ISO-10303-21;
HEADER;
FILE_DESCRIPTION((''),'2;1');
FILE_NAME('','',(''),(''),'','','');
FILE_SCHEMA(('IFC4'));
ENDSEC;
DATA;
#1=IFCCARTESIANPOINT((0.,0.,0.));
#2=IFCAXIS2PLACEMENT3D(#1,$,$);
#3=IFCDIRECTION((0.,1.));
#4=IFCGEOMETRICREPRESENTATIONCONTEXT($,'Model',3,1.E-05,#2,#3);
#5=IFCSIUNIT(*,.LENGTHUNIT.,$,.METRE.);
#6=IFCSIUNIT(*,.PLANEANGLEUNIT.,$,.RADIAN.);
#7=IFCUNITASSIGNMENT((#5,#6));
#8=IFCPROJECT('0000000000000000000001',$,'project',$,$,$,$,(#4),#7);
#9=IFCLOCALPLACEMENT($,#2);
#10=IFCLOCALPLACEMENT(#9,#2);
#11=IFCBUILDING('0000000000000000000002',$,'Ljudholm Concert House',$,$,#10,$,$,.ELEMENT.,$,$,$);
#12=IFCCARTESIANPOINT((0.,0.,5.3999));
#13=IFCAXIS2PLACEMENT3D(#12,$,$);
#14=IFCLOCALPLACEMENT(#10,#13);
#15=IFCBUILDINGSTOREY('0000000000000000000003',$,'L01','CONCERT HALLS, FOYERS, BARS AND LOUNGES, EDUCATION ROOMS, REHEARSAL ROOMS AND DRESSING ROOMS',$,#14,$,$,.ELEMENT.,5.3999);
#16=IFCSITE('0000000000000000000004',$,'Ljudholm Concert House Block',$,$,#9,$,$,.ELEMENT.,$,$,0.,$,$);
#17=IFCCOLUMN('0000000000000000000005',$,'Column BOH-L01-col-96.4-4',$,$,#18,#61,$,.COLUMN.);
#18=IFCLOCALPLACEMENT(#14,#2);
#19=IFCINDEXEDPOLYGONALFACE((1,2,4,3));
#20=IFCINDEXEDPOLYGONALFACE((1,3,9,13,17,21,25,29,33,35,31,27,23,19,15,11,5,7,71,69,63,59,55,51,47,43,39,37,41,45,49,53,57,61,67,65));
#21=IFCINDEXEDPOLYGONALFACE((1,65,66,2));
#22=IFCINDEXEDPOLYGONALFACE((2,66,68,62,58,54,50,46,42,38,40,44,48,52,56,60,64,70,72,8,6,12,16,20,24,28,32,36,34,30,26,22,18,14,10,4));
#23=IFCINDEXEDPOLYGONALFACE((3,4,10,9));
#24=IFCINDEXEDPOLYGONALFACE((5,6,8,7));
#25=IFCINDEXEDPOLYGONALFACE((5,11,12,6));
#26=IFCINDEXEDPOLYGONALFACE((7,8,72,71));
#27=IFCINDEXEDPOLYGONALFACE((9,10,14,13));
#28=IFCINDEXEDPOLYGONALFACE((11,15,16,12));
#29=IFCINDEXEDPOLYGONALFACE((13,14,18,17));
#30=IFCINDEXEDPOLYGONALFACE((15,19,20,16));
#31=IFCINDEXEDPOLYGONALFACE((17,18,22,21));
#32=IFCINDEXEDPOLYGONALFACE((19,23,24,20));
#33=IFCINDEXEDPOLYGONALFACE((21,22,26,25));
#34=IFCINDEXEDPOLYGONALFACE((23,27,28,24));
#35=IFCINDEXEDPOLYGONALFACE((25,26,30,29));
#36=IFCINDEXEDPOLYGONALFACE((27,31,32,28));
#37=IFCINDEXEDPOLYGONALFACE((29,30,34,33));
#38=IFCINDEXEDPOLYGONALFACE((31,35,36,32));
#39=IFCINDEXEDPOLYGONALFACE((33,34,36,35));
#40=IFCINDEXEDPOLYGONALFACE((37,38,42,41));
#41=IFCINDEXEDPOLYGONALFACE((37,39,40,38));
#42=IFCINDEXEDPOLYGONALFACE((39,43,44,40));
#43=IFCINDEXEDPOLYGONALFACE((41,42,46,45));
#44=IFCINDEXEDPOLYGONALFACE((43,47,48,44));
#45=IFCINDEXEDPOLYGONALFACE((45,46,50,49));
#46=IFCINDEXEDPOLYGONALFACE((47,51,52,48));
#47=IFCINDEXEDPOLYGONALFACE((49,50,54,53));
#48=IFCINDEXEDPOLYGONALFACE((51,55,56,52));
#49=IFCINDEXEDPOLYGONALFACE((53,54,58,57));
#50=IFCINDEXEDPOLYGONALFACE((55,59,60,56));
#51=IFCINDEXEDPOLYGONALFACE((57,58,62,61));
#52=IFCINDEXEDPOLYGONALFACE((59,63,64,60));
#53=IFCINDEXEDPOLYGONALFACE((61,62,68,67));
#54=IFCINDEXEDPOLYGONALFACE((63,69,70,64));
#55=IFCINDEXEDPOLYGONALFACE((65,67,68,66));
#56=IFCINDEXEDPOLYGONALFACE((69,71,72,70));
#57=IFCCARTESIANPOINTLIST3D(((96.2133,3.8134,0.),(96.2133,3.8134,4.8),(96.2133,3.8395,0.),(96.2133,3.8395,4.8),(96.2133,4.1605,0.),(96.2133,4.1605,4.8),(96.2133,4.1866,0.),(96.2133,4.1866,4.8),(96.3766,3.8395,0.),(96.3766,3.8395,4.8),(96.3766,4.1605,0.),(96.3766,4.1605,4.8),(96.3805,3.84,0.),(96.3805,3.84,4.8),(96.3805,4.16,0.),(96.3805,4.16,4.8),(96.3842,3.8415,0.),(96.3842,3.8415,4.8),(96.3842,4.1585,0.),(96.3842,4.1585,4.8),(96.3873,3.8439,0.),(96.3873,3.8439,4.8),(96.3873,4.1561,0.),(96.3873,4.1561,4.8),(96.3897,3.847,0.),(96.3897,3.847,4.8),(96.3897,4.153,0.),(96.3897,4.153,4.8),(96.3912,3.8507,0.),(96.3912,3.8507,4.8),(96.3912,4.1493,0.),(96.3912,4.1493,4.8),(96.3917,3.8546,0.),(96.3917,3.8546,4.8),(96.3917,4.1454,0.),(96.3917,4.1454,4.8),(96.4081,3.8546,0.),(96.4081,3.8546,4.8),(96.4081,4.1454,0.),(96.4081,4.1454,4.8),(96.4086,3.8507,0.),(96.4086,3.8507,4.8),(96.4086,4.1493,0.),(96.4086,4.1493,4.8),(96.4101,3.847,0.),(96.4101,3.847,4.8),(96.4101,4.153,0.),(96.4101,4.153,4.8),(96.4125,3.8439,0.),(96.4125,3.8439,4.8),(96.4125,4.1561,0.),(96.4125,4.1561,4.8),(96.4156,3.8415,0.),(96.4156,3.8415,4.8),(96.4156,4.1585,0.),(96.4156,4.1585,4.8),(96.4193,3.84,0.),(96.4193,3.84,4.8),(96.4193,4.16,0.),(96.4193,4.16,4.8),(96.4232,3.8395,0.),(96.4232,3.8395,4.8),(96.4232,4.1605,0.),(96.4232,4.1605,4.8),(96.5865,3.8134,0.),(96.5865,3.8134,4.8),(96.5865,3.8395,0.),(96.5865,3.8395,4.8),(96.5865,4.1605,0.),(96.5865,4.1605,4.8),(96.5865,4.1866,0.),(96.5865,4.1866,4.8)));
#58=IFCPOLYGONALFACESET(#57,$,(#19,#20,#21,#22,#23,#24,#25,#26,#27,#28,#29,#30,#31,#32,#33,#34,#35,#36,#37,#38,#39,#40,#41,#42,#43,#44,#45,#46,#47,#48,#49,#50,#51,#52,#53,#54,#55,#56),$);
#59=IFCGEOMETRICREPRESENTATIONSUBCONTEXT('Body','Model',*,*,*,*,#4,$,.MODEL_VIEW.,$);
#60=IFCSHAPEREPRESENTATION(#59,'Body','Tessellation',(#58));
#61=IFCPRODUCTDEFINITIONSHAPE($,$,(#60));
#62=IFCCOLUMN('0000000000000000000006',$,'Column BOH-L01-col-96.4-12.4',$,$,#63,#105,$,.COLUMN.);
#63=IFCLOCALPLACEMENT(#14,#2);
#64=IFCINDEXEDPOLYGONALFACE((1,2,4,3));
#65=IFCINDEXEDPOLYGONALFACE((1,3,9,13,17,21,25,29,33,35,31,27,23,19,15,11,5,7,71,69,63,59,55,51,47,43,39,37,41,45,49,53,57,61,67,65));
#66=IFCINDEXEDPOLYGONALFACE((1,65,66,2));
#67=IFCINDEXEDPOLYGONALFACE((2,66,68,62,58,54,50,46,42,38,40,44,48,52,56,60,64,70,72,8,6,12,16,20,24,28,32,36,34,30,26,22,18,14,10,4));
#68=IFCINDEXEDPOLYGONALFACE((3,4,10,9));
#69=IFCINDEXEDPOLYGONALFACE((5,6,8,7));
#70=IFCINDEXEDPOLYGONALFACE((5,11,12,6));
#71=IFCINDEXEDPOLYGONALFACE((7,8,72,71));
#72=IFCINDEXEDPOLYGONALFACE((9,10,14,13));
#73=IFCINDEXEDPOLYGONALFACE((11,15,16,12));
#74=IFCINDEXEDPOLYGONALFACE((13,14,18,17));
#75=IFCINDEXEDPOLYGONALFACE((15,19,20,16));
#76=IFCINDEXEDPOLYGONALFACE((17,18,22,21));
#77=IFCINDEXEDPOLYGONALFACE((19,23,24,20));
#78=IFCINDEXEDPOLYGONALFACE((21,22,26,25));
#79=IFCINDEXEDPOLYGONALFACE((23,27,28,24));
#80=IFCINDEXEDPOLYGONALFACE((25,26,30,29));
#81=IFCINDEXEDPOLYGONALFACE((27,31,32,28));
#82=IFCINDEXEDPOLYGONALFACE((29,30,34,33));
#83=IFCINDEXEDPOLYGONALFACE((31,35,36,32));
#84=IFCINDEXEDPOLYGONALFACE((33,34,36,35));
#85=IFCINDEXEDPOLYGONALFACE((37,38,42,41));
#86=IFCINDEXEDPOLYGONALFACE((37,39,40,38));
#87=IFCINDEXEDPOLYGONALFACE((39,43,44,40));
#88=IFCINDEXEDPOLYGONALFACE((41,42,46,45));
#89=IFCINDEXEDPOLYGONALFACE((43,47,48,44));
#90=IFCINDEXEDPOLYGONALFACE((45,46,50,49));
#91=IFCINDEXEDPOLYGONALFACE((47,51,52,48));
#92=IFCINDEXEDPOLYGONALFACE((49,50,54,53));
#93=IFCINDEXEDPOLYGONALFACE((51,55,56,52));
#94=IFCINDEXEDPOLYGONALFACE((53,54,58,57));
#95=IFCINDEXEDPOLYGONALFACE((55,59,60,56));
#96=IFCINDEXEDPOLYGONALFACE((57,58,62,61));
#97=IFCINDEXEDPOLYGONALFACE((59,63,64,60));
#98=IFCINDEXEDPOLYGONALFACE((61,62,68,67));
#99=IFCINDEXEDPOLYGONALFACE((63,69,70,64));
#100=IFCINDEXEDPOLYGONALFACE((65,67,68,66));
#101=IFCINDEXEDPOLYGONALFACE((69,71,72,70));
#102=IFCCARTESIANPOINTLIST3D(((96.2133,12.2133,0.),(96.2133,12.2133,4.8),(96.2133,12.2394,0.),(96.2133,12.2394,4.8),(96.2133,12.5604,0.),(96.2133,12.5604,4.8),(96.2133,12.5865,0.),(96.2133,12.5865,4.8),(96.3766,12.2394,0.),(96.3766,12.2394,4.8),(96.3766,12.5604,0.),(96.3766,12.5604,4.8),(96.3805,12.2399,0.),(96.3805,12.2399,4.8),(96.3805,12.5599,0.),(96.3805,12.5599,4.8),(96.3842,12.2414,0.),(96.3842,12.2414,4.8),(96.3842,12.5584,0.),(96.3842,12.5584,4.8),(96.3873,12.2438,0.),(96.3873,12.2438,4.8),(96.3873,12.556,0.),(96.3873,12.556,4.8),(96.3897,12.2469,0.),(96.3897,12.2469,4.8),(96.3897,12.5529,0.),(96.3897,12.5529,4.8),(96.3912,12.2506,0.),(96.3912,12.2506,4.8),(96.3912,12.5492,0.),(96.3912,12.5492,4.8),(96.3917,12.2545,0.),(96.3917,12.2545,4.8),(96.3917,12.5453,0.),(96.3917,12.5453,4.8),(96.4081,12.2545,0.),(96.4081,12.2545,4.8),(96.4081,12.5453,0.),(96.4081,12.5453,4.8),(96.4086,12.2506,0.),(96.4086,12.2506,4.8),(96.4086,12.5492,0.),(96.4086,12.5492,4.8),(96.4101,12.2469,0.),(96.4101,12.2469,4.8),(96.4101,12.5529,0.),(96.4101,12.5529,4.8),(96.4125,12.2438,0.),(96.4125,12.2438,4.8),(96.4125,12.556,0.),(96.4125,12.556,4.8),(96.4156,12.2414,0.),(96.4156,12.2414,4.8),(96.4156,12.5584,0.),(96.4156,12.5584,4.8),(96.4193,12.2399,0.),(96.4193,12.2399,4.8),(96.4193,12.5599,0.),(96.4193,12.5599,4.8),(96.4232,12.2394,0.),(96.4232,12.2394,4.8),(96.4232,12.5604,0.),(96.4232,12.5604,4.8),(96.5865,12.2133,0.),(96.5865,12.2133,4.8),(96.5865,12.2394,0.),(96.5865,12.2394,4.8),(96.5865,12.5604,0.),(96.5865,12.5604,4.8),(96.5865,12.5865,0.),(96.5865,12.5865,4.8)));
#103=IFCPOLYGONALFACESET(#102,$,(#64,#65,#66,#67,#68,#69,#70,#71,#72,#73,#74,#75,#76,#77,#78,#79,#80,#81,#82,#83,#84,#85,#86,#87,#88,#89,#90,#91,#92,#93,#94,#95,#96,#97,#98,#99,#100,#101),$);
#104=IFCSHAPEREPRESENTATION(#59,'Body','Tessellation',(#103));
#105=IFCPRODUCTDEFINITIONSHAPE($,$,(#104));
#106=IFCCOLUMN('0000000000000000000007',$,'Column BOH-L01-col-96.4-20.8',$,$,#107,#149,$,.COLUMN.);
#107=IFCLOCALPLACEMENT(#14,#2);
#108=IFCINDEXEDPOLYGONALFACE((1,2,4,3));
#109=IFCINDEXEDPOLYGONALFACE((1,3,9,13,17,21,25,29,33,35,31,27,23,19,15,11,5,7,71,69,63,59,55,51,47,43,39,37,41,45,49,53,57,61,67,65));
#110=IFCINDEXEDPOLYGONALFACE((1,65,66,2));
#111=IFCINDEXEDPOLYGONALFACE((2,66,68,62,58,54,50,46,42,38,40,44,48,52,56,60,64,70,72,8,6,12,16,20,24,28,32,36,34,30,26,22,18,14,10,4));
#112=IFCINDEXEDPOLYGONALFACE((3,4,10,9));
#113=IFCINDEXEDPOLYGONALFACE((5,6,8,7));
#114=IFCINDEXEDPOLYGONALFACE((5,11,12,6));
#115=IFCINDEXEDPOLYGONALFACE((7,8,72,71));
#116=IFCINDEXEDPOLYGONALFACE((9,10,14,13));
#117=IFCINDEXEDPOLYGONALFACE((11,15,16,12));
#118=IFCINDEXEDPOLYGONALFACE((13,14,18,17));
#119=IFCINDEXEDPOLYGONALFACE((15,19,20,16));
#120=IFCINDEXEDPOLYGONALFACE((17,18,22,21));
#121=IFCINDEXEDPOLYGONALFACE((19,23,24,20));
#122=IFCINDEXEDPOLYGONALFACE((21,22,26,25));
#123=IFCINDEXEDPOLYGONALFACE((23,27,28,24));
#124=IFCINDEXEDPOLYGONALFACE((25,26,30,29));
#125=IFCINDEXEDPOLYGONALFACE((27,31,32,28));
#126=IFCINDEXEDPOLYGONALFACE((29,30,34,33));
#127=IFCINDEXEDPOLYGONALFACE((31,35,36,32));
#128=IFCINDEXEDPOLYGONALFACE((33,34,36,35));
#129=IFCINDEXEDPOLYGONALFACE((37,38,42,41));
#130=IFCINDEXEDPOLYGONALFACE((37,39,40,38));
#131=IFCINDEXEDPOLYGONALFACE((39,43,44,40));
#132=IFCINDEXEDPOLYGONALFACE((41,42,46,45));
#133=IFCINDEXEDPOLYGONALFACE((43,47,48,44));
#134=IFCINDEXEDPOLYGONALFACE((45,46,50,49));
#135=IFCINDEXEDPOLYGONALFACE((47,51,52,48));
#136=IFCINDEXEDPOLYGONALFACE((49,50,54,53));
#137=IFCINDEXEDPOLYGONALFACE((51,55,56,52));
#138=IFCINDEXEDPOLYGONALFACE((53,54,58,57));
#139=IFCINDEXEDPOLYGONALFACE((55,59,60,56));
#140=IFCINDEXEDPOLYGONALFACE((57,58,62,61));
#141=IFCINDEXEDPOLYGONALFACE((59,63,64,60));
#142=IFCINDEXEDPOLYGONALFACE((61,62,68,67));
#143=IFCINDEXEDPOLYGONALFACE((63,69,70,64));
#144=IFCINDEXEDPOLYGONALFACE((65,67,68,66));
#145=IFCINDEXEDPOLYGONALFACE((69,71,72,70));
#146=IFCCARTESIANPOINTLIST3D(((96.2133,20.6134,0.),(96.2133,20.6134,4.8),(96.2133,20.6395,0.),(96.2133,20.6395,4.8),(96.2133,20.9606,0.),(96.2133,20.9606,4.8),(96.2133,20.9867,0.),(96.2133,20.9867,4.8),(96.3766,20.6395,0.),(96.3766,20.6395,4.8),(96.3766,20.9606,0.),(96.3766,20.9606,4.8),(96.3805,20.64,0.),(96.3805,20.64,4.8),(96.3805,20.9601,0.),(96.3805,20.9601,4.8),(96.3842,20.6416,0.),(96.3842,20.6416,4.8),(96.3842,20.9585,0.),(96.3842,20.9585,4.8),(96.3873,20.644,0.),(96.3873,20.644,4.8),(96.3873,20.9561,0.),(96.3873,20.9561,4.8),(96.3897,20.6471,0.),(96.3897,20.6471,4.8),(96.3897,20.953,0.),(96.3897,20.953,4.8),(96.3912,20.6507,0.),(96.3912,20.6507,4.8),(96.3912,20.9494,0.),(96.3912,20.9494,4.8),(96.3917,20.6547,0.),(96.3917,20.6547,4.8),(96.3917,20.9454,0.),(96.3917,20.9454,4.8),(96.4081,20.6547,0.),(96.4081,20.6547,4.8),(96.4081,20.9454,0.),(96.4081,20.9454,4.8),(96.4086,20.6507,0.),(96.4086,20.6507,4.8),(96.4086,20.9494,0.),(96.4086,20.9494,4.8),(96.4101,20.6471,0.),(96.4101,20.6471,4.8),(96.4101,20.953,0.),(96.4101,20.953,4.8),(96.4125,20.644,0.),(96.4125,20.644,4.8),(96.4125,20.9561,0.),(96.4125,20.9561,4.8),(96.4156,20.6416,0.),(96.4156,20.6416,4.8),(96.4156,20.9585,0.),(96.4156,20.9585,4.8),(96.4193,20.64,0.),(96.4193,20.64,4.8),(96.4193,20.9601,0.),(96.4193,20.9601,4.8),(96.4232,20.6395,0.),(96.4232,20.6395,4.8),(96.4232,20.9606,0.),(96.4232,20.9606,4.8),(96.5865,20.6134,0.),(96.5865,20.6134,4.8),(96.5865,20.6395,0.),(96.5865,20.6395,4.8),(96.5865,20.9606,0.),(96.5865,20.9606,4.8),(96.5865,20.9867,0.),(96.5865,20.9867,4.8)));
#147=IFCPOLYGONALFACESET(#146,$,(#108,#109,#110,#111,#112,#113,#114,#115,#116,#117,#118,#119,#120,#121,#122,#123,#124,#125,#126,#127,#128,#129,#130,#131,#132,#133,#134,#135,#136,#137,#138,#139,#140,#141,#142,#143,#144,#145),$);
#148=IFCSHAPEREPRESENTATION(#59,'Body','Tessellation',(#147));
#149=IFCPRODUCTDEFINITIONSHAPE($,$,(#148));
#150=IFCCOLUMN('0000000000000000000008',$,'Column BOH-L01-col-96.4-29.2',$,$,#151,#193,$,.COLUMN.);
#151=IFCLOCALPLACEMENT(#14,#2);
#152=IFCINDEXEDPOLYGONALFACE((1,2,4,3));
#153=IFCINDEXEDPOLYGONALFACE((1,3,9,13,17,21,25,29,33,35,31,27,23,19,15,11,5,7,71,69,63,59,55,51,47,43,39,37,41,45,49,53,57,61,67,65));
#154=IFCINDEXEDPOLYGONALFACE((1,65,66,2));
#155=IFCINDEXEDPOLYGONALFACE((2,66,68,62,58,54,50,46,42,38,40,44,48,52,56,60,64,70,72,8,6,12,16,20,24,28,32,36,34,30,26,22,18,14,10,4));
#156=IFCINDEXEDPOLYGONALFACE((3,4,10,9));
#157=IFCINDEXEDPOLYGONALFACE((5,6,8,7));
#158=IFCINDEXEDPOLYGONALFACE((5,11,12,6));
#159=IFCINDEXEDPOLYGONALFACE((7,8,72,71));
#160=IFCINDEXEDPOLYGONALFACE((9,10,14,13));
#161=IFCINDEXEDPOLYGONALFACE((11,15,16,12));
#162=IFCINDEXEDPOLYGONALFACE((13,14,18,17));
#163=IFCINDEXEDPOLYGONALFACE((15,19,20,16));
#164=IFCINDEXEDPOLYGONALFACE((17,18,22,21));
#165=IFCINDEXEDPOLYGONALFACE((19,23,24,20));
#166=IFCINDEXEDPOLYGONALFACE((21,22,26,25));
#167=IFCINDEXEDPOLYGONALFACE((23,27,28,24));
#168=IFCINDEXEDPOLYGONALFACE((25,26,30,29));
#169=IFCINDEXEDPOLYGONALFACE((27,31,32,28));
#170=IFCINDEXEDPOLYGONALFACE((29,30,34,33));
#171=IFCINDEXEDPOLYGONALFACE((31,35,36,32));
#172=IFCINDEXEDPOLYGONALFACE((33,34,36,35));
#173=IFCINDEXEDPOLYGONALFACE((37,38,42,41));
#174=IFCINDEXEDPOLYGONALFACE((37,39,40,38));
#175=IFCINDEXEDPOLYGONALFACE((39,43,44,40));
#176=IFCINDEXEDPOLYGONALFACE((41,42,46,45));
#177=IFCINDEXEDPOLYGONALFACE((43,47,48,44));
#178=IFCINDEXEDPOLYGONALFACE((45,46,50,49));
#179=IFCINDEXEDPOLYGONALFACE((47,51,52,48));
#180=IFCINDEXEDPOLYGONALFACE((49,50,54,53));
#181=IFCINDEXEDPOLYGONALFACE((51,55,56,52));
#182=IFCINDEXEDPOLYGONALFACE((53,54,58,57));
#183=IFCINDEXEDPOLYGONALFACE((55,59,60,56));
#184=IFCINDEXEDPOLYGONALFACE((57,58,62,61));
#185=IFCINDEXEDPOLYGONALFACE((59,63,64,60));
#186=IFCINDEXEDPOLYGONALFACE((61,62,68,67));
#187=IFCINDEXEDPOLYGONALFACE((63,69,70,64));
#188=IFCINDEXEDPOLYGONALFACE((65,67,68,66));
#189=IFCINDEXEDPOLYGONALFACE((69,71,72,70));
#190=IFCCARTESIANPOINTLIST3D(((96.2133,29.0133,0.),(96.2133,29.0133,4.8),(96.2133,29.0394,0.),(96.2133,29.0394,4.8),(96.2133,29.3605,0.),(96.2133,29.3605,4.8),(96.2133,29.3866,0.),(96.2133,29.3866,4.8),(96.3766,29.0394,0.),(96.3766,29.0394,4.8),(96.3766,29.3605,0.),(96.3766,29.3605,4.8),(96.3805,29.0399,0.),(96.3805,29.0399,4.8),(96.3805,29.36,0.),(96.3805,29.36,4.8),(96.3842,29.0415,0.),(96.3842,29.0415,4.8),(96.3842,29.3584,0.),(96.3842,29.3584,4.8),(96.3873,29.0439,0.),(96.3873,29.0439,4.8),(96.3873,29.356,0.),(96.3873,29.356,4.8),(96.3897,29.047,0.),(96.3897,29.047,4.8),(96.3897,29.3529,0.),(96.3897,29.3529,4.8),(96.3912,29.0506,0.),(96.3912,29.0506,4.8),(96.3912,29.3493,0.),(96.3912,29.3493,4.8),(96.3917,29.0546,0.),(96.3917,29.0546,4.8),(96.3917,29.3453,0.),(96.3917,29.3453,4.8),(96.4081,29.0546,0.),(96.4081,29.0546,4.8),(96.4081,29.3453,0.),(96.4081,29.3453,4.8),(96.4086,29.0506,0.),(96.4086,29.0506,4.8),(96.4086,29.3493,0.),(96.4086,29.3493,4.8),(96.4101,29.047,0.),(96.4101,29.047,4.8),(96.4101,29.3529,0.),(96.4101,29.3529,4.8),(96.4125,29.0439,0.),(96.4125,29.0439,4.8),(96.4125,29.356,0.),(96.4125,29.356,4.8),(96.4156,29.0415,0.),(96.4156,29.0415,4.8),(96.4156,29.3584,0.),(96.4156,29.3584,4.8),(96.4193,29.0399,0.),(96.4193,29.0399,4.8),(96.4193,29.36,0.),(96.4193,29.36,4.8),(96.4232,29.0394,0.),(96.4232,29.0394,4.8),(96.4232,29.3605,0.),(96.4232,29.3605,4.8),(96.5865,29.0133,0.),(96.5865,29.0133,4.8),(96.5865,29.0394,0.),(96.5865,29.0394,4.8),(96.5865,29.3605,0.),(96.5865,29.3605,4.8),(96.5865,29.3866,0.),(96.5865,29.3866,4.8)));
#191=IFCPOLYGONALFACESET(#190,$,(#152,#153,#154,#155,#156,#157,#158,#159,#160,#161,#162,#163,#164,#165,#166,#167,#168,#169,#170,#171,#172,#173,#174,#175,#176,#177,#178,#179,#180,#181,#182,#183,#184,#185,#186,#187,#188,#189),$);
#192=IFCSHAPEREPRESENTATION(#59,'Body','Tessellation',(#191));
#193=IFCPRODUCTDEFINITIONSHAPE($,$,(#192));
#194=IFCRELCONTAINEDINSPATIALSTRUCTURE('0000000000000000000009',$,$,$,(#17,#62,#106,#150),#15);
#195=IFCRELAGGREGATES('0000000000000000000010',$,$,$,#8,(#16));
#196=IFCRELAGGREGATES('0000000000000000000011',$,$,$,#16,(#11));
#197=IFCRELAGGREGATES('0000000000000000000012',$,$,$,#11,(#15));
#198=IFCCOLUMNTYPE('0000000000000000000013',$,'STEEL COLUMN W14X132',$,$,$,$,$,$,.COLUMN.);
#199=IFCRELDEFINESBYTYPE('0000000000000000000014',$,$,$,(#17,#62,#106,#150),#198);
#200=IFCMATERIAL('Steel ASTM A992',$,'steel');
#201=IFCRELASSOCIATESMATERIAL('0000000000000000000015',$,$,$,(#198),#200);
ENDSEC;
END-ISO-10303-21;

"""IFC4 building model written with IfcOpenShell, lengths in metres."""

from ifc_helpers import new_model, si_unit, direction, frame, origin, origin_2d, place, context, subcontext, project, spatial, i_section, extrude, material, material_profile, profile_set, type_object, element, save


model = new_model("IFC4")

# Units and contexts
model_context = context("Model", 3, precision=1e-05, world=origin(), true_north=direction((0.0, 1.0)))
body_context = subcontext(model_context, "Body", "Model", "MODEL_VIEW")
ifc_project = project(units=[si_unit("LENGTHUNIT", "METRE"), si_unit("PLANEANGLEUNIT", "RADIAN")], contexts=[model_context])

# Site, building, storey
site_placement = place(None, origin())
site = spatial("IfcSite", under=ifc_project, at=site_placement, Name="Ljudholm Concert House Block", CompositionType="ELEMENT", RefElevation=0.0)
building_placement = place(site_placement, origin())
building = spatial("IfcBuilding", under=site, at=building_placement, Name="Ljudholm Concert House", CompositionType="ELEMENT")
storey_placement = place(building_placement, frame((0.0, 0.0, 5.3999)))
storey = spatial("IfcBuildingStorey", under=building, at=storey_placement, Name="L01", Description="CONCERT HALLS, FOYERS, BARS AND LOUNGES, EDUCATION ROOMS, REHEARSAL ROOMS AND DRESSING ROOMS", CompositionType="ELEMENT", Elevation=5.3999)

# Columns
ifc_material_1 = material(Name="Steel ASTM A992", Category="steel")
ifc_material_profile_1 = material_profile(ifc_material_1, i_section(OverallWidth=0.3733, OverallDepth=0.3733, WebThickness=0.0164, FlangeThickness=0.0261, FilletRadius=0.0151, at=origin_2d()), Name="W14X132")
ifc_profile_set_1 = profile_set([ifc_material_profile_1], Name="Steel ASTM A992")
column_type = type_object("IfcColumnType", Name="STEEL COLUMN W14X132", PredefinedType="COLUMN", material=ifc_profile_set_1)
for number, where, z_axis, x_axis, name in (
    (1, (96.3999, 4.0, 0.0), (0.0, 0.0, 1.0), (1.0, 0.0, 0.0), "Column BOH-L01-col-96.4-4"),
    (2, (96.3999, 12.3999, 0.0), (0.0, 0.0, 1.0), (1.0, 0.0, 0.0), "Column BOH-L01-col-96.4-12.4"),
    (3, (96.3999, 20.8, 0.0), (0.0, 0.0, 1.0), (1.0, 0.0, 0.0), "Column BOH-L01-col-96.4-20.8"),
    (4, (96.3999, 29.2, 0.0), (0.0, 0.0, 1.0), (1.0, 0.0, 0.0), "Column BOH-L01-col-96.4-29.2"),
):
    element("IfcColumn", number, at=place(storey_placement, frame(where, z_axis=z_axis, x_axis=x_axis)), inside=storey, type_object=column_type, Name=name, PredefinedType="COLUMN", context=body_context, shape_type="SweptSolid", body=[
        extrude(i_section(OverallWidth=0.3733, OverallDepth=0.3733, WebThickness=0.0164, FlangeThickness=0.0261, FilletRadius=0.0151, at=origin_2d()), origin(), (0.0, 0.0, 1.0), 4.8),
    ])

save(model, "model.ifc")
